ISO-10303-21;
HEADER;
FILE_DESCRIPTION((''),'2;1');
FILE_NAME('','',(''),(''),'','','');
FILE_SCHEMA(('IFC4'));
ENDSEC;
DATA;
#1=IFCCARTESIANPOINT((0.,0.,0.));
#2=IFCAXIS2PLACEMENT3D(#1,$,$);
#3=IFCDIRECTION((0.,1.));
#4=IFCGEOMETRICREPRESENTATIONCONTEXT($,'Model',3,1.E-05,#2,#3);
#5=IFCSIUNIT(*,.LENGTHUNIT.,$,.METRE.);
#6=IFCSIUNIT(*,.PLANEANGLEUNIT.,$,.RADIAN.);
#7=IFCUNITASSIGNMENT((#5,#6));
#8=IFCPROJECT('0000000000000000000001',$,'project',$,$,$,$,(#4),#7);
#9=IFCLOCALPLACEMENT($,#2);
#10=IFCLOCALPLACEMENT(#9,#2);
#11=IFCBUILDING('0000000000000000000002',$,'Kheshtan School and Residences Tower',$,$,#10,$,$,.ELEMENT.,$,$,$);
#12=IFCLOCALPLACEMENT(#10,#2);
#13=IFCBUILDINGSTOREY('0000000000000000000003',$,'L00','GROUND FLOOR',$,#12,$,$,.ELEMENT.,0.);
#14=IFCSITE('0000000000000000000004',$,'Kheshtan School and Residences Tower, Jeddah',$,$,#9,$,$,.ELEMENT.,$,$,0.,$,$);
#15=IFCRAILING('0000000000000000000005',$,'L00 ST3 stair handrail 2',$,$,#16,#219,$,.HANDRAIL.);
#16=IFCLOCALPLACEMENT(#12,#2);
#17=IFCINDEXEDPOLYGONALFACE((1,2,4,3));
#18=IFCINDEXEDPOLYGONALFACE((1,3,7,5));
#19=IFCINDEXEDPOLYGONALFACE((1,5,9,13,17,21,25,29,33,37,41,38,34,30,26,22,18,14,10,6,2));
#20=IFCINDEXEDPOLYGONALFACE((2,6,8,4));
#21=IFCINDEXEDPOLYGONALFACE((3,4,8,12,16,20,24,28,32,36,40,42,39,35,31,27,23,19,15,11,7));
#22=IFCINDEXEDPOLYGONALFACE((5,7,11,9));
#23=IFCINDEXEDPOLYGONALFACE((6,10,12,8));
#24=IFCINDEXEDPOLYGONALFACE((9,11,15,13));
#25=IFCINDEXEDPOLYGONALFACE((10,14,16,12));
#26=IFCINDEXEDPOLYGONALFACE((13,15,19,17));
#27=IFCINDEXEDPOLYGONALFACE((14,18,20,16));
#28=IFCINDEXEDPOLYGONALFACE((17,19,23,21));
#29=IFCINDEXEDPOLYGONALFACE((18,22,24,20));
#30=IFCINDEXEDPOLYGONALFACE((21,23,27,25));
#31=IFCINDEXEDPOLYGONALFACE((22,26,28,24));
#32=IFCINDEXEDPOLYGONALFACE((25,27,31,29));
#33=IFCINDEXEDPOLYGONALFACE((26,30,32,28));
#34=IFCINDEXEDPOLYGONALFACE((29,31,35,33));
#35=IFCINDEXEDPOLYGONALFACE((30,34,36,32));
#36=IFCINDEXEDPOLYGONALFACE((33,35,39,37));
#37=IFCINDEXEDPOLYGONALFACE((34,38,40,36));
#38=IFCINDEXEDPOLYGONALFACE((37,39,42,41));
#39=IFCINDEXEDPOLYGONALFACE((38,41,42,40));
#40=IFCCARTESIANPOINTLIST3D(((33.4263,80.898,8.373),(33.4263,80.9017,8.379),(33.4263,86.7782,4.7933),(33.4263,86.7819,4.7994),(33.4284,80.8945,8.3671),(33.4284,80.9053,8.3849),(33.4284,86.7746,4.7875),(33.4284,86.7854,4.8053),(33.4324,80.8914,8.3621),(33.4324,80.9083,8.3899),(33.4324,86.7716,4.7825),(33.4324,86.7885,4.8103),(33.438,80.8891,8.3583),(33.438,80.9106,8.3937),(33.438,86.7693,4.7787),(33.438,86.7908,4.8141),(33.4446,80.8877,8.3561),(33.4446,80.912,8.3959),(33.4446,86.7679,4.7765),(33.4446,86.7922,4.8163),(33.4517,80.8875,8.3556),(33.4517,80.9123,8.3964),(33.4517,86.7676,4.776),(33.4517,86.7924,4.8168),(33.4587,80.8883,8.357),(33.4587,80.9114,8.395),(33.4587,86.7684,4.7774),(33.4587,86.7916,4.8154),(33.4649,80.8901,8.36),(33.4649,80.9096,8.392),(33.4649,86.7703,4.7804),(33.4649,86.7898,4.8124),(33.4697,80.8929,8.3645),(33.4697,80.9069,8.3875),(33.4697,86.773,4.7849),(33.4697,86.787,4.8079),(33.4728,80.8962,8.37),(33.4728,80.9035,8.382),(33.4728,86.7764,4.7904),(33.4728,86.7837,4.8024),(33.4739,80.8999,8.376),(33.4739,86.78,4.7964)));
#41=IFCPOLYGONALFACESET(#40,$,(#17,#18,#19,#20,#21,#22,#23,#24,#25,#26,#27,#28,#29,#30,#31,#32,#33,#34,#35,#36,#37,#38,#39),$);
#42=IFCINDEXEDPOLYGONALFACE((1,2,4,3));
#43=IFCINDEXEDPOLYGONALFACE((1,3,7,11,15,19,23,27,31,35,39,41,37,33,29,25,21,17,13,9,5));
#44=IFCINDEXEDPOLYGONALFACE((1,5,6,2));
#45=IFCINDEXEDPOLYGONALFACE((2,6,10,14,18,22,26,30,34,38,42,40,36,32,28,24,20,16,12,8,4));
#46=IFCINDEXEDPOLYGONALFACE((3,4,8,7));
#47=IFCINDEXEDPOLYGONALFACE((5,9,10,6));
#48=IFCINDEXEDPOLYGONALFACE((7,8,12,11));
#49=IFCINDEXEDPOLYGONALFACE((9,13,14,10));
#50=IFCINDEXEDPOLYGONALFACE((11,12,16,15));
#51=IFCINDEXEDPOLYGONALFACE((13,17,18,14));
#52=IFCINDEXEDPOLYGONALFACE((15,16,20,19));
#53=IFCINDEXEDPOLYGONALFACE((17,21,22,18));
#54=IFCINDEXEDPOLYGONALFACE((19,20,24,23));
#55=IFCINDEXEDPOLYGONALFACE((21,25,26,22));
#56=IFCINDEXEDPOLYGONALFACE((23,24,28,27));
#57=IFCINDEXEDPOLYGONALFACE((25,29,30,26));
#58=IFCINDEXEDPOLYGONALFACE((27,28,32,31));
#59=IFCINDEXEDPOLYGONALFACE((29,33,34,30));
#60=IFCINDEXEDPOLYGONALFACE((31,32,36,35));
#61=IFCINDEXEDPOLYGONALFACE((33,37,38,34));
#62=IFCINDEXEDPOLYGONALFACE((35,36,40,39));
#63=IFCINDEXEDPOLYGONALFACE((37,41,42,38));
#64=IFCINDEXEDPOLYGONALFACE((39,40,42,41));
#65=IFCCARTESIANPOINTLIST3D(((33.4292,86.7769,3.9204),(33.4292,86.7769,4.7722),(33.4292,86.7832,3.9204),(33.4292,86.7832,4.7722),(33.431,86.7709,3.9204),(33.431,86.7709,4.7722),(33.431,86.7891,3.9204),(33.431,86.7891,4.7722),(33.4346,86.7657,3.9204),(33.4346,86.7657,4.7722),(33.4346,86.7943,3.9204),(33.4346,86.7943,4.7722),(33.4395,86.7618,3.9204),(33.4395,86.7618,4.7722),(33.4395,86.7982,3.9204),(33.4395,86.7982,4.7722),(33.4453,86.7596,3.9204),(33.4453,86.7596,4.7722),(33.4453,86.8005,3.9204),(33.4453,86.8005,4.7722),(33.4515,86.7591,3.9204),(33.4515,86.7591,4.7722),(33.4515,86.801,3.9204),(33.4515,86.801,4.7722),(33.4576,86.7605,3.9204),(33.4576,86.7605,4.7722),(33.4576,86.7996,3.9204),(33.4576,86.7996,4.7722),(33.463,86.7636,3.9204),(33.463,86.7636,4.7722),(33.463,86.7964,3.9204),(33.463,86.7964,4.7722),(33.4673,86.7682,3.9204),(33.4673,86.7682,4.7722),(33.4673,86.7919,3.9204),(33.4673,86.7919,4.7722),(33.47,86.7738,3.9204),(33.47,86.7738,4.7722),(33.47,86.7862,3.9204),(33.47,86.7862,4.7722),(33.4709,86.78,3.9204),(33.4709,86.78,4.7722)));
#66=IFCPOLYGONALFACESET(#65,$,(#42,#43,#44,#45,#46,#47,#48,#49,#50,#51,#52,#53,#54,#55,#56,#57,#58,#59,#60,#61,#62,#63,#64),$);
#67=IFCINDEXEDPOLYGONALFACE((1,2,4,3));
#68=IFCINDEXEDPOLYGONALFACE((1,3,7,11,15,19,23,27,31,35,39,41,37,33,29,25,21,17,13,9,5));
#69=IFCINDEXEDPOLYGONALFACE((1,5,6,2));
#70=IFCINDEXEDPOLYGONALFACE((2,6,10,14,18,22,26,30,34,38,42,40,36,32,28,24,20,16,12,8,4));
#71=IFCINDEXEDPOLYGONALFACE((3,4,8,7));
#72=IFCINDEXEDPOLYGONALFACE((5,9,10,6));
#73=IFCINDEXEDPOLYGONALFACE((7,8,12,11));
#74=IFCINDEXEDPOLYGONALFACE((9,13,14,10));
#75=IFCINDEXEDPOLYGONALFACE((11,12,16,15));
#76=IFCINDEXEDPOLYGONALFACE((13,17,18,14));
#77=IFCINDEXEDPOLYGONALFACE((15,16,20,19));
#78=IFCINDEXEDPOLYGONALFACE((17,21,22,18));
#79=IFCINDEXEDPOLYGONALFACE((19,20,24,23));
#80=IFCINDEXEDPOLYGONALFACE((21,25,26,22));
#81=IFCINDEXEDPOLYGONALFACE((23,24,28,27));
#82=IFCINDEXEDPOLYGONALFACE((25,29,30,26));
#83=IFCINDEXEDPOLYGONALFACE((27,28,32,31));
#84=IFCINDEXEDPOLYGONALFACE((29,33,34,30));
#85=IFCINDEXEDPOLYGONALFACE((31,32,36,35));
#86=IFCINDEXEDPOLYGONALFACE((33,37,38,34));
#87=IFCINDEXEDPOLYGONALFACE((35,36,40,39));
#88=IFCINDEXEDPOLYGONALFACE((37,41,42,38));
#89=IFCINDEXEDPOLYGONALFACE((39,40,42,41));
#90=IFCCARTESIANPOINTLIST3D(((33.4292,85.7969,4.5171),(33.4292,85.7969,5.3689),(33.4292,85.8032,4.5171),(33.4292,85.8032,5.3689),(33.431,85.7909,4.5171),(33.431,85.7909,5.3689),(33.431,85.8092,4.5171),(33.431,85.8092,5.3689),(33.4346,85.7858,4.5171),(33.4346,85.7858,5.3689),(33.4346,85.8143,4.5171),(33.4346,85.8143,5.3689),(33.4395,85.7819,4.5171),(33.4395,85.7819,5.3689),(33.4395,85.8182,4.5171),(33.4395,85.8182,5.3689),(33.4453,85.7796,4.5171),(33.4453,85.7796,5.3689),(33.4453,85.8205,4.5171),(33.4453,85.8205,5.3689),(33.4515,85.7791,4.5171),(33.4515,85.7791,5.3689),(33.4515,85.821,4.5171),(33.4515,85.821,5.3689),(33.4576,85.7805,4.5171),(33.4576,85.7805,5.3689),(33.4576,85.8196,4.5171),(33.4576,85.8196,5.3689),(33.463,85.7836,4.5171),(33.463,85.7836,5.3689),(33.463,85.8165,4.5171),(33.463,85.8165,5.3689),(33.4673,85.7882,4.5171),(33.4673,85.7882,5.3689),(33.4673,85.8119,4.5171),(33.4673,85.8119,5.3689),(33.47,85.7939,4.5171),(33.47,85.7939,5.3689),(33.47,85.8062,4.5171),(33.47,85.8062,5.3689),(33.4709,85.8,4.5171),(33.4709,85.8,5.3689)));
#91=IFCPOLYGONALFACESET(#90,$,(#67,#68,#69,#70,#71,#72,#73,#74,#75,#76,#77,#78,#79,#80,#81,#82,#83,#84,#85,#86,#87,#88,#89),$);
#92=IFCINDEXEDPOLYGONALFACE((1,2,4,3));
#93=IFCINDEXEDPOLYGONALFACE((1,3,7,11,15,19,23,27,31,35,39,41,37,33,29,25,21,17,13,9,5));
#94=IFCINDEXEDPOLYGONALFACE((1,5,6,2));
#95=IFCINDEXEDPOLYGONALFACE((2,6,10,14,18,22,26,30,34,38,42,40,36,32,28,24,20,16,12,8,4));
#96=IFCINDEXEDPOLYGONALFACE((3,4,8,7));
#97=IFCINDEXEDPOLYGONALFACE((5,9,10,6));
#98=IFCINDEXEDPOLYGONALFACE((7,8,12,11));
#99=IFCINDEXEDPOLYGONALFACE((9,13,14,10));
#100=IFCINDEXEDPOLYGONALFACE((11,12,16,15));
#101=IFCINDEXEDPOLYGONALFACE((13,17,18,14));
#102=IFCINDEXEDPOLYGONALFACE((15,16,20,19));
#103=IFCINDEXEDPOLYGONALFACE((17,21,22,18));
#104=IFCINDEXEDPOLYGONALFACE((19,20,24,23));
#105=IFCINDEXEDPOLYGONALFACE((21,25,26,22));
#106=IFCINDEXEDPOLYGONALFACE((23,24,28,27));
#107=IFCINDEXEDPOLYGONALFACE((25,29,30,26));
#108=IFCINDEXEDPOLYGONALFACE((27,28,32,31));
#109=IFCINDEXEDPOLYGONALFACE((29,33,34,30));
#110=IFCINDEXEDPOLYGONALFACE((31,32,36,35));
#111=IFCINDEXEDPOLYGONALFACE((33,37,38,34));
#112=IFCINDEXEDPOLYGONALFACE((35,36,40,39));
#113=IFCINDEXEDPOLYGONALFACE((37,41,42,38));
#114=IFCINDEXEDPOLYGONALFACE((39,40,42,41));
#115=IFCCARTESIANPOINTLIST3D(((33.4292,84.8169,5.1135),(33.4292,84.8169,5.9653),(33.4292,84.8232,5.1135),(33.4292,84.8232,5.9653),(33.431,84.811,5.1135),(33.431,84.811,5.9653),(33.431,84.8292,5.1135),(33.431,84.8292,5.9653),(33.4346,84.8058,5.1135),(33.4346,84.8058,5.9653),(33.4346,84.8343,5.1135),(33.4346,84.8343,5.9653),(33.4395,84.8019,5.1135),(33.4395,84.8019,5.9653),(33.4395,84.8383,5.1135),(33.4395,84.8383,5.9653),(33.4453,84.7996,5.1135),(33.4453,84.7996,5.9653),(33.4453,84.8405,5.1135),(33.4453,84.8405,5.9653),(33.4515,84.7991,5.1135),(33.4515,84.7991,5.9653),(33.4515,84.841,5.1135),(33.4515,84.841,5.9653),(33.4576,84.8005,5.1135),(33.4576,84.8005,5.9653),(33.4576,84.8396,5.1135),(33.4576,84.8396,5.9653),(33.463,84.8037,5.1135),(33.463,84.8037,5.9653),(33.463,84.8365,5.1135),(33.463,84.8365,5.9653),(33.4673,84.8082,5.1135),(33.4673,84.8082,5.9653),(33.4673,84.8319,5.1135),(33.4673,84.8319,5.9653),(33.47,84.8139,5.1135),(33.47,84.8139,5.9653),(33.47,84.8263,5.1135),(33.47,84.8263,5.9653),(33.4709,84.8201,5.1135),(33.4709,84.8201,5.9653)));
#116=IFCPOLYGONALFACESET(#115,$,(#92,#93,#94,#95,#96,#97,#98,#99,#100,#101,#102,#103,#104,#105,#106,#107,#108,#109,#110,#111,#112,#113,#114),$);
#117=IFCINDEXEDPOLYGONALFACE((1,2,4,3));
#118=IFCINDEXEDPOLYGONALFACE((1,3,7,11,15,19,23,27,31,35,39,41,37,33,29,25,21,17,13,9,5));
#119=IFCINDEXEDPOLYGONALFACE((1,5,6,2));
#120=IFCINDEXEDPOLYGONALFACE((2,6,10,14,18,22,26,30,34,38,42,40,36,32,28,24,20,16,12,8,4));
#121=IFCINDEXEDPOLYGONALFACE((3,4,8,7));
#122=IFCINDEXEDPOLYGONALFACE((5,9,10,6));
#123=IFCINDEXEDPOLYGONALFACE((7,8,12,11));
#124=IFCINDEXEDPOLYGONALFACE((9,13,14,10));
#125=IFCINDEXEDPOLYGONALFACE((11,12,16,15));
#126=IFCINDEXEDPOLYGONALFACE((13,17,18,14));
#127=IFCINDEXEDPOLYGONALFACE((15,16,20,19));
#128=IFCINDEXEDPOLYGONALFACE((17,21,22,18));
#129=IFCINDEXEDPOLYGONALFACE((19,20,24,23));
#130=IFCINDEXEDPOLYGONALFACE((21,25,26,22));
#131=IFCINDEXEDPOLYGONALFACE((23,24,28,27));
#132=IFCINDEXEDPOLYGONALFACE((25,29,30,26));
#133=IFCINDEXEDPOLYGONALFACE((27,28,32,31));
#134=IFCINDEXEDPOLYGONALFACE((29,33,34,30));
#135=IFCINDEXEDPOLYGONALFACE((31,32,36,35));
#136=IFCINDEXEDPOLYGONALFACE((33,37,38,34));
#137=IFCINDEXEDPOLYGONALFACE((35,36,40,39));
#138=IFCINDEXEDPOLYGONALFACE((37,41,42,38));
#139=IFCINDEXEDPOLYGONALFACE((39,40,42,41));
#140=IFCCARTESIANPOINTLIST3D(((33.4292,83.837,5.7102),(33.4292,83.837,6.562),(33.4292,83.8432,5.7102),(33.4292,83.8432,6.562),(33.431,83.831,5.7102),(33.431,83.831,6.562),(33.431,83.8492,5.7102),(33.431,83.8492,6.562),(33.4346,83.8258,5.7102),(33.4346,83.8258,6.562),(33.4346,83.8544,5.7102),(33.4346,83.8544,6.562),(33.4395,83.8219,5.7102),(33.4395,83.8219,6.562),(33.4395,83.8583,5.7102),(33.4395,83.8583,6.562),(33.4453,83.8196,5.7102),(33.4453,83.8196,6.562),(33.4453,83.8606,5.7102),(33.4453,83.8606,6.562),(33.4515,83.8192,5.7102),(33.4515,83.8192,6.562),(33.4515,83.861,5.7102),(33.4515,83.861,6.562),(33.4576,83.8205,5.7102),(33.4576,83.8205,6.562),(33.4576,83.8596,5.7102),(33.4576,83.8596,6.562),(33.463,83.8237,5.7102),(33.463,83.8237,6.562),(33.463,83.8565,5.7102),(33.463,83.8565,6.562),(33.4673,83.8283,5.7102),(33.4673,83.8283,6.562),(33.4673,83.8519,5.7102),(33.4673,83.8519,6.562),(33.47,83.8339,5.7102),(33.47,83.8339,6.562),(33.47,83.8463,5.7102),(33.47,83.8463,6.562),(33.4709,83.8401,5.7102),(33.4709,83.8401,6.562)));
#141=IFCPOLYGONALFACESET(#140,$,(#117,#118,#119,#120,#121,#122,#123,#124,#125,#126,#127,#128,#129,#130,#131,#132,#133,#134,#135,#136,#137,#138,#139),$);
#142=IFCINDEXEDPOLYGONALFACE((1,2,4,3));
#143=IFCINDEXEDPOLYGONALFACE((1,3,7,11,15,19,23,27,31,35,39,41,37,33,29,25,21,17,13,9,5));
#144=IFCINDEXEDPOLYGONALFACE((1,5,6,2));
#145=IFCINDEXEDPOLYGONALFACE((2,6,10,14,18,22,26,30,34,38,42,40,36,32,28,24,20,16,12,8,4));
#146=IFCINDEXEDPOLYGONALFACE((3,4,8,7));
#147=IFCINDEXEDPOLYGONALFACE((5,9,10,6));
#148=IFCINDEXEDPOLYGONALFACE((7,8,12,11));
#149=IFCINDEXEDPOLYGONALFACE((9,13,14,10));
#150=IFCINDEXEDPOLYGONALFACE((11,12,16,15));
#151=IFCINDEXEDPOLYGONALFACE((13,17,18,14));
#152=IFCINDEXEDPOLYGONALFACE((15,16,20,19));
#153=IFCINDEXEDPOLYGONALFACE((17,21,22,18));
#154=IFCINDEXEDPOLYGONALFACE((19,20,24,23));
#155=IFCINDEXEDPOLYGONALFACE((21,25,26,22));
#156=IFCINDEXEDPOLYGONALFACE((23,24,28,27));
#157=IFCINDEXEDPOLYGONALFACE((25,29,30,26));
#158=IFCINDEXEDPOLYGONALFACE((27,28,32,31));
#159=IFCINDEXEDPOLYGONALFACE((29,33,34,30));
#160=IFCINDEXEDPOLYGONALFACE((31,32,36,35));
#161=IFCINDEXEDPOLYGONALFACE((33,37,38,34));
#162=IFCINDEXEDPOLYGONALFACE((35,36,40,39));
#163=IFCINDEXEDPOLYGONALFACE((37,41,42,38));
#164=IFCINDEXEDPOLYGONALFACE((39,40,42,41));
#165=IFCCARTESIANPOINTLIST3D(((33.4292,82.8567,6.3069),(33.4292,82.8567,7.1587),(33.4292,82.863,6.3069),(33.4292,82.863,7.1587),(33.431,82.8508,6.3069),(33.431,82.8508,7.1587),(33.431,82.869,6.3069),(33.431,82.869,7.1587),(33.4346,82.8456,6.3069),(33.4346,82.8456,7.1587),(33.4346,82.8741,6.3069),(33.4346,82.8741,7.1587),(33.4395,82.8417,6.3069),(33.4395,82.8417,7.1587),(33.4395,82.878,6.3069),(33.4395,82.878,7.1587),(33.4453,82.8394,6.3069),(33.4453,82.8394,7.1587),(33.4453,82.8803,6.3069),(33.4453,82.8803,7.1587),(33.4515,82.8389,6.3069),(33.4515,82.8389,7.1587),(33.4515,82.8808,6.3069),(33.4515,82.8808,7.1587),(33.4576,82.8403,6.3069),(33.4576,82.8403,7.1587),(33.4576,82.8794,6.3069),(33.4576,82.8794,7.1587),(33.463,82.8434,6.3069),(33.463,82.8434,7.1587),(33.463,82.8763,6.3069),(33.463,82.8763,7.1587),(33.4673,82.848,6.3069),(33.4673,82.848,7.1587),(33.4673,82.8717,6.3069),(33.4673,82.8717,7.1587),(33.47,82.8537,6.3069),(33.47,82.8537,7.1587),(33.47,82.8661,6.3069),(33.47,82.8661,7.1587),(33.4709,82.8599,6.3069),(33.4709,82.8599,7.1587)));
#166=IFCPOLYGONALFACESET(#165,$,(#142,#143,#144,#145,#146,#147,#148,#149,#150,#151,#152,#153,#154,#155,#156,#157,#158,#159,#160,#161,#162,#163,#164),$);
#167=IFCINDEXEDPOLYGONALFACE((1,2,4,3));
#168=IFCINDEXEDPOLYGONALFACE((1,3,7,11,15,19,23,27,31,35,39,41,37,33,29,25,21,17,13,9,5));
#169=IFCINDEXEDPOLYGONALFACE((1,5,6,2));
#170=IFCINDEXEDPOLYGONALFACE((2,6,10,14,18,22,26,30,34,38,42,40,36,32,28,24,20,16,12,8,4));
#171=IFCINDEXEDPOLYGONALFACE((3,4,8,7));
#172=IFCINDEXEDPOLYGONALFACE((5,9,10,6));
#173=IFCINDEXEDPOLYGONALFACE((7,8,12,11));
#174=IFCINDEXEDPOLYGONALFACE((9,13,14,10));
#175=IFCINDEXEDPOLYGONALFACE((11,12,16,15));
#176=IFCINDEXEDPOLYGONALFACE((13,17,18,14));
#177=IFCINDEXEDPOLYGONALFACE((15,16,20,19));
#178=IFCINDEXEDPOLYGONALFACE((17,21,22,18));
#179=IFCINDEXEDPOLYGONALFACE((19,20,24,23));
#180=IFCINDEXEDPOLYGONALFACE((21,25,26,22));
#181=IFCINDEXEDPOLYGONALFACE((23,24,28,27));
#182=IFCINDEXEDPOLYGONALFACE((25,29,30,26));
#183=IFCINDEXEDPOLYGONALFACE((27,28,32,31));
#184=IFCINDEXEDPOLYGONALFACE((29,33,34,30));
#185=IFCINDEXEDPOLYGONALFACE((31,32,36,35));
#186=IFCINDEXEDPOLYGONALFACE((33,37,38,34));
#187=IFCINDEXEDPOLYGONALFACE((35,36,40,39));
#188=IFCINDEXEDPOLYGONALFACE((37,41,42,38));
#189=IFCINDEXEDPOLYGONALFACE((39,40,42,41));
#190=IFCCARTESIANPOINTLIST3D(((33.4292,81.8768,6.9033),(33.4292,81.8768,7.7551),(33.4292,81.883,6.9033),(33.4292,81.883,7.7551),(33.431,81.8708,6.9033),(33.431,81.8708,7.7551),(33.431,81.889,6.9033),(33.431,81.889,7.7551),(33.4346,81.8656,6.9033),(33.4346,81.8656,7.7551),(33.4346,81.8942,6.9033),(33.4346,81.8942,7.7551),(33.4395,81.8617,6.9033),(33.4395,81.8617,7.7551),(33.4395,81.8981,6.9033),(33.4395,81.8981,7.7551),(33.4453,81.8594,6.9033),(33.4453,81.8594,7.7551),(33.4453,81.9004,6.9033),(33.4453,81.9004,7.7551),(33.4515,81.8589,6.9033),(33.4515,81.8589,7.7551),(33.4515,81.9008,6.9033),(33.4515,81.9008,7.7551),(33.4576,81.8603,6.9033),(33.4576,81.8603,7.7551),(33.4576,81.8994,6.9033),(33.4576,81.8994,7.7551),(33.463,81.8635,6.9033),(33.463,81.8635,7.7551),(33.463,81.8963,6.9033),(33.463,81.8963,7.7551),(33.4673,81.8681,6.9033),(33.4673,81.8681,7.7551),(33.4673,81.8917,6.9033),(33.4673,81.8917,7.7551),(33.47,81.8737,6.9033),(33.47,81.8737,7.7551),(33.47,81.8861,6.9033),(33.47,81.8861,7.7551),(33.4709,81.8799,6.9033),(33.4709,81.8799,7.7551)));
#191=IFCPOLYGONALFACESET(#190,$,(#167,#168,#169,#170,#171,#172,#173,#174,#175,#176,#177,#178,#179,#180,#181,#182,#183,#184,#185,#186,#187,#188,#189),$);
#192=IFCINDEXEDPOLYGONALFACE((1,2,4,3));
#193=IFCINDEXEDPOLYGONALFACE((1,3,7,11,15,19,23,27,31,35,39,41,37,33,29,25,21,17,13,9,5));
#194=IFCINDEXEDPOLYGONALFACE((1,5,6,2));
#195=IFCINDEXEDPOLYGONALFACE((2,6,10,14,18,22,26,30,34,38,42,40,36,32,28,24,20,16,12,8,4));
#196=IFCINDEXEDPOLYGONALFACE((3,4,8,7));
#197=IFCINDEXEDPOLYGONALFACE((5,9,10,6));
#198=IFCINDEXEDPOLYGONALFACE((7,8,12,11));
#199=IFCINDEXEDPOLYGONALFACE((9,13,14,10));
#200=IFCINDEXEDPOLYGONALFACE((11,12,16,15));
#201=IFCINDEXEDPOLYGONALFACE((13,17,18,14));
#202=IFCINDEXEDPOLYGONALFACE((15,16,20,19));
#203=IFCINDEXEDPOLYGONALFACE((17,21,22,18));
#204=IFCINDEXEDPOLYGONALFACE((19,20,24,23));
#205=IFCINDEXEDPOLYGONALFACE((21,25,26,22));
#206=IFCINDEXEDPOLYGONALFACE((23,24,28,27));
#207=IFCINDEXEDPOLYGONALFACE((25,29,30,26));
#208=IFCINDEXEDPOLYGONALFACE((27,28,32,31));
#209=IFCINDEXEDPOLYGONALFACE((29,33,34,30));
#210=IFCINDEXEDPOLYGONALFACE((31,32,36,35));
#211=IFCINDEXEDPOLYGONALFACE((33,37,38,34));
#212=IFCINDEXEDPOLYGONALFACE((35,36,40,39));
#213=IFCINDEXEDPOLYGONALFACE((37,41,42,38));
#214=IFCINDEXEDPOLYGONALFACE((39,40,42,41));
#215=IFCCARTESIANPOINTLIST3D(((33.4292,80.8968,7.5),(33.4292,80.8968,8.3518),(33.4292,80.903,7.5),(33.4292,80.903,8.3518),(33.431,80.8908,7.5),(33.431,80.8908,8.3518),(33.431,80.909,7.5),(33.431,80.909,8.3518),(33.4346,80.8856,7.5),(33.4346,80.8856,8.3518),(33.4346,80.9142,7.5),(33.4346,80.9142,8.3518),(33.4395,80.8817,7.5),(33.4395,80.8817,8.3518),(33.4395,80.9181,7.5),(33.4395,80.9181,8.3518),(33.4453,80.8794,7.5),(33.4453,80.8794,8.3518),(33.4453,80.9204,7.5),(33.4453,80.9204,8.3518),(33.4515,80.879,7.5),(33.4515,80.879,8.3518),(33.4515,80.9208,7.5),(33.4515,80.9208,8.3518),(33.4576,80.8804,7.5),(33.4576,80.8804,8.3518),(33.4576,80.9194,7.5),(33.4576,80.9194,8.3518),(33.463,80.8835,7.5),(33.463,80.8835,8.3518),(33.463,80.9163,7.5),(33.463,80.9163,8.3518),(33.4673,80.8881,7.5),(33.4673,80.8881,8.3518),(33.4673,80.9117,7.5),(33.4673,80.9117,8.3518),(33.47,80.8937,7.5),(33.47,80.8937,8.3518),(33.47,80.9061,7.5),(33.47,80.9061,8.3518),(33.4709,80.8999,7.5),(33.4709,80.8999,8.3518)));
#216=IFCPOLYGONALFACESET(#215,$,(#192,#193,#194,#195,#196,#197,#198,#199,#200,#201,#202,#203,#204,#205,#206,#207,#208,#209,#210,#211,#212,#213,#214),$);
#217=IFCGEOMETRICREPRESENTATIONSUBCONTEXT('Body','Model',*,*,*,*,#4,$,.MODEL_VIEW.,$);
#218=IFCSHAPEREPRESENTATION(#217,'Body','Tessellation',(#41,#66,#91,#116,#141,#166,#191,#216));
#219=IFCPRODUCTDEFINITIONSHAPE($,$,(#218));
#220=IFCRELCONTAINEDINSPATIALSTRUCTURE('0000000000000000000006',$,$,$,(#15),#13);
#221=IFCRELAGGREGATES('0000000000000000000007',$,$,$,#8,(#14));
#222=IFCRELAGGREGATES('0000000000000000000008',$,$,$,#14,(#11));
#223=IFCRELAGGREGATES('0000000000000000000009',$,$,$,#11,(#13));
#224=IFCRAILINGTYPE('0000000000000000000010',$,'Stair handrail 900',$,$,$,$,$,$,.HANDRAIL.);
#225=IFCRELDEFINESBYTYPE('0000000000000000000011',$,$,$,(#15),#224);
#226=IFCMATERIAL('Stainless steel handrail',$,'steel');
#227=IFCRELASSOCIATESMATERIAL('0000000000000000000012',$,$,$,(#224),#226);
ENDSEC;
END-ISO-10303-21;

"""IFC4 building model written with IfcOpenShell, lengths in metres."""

from ifc_helpers import new_model, si_unit, direction, frame, origin, origin_2d, place, context, subcontext, project, spatial, circle, extrude, material, type_object, element, save


model = new_model("IFC4")

# Units and contexts
model_context = context("Model", 3, precision=1e-05, world=origin(), true_north=direction((0.0, 1.0)))
body_context = subcontext(model_context, "Body", "Model", "MODEL_VIEW")
ifc_project = project(units=[si_unit("LENGTHUNIT", "METRE"), si_unit("PLANEANGLEUNIT", "RADIAN")], contexts=[model_context])

# Site, building, storey
site_placement = place(None, origin())
site = spatial("IfcSite", under=ifc_project, at=site_placement, Name="Kheshtan School and Residences Tower, Jeddah", CompositionType="ELEMENT", RefElevation=0.0)
building_placement = place(site_placement, origin())
building = spatial("IfcBuilding", under=site, at=building_placement, Name="Kheshtan School and Residences Tower", CompositionType="ELEMENT")
storey_placement = place(building_placement, origin())
storey = spatial("IfcBuildingStorey", under=building, at=storey_placement, Name="L00", Description="GROUND FLOOR", CompositionType="ELEMENT", Elevation=0.0)

# Railing
ifc_material_1 = material(Name="Stainless steel handrail", Category="steel")
railing_type_1 = type_object("IfcRailingType", Name="Stair handrail 900", PredefinedType="HANDRAIL", material=ifc_material_1)
railing_1_placement = place(storey_placement, frame((33.45, 86.78, 3.9204)))
element("IfcRailing", 1, at=railing_1_placement, inside=storey, type_object=railing_type_1, Name="L00 ST3 stair handrail 2", PredefinedType="HANDRAIL", context=body_context, shape_type="SweptSolid", body=[
    extrude(circle(Radius=0.0239, at=origin_2d()), frame((0.0, 0.0, 0.876), z_axis=(0.0, -0.854174, 0.519987), x_axis=(1.0, 0.0, 0.0)), (0.0, 0.0, 1.0), 6.884),
    extrude(circle(Radius=0.021, at=origin_2d()), origin(), (0.0, 0.0, 1.0), 0.8518),
    extrude(circle(Radius=0.021, at=origin_2d()), frame((0.0, -0.98, 0.5967)), (0.0, 0.0, 1.0), 0.8518),
    extrude(circle(Radius=0.021, at=origin_2d()), frame((0.0, -1.96, 1.1931)), (0.0, 0.0, 1.0), 0.8518),
    extrude(circle(Radius=0.021, at=origin_2d()), frame((0.0, -2.9399, 1.7898)), (0.0, 0.0, 1.0), 0.8518),
    extrude(circle(Radius=0.021, at=origin_2d()), frame((0.0, -3.9202, 2.3865)), (0.0, 0.0, 1.0), 0.8518),
    extrude(circle(Radius=0.021, at=origin_2d()), frame((0.0, -4.9001, 2.9829)), (0.0, 0.0, 1.0), 0.8518),
    extrude(circle(Radius=0.021, at=origin_2d()), frame((0.0, -5.8801, 3.5796)), (0.0, 0.0, 1.0), 0.8518),
])

save(model, "model.ifc")
